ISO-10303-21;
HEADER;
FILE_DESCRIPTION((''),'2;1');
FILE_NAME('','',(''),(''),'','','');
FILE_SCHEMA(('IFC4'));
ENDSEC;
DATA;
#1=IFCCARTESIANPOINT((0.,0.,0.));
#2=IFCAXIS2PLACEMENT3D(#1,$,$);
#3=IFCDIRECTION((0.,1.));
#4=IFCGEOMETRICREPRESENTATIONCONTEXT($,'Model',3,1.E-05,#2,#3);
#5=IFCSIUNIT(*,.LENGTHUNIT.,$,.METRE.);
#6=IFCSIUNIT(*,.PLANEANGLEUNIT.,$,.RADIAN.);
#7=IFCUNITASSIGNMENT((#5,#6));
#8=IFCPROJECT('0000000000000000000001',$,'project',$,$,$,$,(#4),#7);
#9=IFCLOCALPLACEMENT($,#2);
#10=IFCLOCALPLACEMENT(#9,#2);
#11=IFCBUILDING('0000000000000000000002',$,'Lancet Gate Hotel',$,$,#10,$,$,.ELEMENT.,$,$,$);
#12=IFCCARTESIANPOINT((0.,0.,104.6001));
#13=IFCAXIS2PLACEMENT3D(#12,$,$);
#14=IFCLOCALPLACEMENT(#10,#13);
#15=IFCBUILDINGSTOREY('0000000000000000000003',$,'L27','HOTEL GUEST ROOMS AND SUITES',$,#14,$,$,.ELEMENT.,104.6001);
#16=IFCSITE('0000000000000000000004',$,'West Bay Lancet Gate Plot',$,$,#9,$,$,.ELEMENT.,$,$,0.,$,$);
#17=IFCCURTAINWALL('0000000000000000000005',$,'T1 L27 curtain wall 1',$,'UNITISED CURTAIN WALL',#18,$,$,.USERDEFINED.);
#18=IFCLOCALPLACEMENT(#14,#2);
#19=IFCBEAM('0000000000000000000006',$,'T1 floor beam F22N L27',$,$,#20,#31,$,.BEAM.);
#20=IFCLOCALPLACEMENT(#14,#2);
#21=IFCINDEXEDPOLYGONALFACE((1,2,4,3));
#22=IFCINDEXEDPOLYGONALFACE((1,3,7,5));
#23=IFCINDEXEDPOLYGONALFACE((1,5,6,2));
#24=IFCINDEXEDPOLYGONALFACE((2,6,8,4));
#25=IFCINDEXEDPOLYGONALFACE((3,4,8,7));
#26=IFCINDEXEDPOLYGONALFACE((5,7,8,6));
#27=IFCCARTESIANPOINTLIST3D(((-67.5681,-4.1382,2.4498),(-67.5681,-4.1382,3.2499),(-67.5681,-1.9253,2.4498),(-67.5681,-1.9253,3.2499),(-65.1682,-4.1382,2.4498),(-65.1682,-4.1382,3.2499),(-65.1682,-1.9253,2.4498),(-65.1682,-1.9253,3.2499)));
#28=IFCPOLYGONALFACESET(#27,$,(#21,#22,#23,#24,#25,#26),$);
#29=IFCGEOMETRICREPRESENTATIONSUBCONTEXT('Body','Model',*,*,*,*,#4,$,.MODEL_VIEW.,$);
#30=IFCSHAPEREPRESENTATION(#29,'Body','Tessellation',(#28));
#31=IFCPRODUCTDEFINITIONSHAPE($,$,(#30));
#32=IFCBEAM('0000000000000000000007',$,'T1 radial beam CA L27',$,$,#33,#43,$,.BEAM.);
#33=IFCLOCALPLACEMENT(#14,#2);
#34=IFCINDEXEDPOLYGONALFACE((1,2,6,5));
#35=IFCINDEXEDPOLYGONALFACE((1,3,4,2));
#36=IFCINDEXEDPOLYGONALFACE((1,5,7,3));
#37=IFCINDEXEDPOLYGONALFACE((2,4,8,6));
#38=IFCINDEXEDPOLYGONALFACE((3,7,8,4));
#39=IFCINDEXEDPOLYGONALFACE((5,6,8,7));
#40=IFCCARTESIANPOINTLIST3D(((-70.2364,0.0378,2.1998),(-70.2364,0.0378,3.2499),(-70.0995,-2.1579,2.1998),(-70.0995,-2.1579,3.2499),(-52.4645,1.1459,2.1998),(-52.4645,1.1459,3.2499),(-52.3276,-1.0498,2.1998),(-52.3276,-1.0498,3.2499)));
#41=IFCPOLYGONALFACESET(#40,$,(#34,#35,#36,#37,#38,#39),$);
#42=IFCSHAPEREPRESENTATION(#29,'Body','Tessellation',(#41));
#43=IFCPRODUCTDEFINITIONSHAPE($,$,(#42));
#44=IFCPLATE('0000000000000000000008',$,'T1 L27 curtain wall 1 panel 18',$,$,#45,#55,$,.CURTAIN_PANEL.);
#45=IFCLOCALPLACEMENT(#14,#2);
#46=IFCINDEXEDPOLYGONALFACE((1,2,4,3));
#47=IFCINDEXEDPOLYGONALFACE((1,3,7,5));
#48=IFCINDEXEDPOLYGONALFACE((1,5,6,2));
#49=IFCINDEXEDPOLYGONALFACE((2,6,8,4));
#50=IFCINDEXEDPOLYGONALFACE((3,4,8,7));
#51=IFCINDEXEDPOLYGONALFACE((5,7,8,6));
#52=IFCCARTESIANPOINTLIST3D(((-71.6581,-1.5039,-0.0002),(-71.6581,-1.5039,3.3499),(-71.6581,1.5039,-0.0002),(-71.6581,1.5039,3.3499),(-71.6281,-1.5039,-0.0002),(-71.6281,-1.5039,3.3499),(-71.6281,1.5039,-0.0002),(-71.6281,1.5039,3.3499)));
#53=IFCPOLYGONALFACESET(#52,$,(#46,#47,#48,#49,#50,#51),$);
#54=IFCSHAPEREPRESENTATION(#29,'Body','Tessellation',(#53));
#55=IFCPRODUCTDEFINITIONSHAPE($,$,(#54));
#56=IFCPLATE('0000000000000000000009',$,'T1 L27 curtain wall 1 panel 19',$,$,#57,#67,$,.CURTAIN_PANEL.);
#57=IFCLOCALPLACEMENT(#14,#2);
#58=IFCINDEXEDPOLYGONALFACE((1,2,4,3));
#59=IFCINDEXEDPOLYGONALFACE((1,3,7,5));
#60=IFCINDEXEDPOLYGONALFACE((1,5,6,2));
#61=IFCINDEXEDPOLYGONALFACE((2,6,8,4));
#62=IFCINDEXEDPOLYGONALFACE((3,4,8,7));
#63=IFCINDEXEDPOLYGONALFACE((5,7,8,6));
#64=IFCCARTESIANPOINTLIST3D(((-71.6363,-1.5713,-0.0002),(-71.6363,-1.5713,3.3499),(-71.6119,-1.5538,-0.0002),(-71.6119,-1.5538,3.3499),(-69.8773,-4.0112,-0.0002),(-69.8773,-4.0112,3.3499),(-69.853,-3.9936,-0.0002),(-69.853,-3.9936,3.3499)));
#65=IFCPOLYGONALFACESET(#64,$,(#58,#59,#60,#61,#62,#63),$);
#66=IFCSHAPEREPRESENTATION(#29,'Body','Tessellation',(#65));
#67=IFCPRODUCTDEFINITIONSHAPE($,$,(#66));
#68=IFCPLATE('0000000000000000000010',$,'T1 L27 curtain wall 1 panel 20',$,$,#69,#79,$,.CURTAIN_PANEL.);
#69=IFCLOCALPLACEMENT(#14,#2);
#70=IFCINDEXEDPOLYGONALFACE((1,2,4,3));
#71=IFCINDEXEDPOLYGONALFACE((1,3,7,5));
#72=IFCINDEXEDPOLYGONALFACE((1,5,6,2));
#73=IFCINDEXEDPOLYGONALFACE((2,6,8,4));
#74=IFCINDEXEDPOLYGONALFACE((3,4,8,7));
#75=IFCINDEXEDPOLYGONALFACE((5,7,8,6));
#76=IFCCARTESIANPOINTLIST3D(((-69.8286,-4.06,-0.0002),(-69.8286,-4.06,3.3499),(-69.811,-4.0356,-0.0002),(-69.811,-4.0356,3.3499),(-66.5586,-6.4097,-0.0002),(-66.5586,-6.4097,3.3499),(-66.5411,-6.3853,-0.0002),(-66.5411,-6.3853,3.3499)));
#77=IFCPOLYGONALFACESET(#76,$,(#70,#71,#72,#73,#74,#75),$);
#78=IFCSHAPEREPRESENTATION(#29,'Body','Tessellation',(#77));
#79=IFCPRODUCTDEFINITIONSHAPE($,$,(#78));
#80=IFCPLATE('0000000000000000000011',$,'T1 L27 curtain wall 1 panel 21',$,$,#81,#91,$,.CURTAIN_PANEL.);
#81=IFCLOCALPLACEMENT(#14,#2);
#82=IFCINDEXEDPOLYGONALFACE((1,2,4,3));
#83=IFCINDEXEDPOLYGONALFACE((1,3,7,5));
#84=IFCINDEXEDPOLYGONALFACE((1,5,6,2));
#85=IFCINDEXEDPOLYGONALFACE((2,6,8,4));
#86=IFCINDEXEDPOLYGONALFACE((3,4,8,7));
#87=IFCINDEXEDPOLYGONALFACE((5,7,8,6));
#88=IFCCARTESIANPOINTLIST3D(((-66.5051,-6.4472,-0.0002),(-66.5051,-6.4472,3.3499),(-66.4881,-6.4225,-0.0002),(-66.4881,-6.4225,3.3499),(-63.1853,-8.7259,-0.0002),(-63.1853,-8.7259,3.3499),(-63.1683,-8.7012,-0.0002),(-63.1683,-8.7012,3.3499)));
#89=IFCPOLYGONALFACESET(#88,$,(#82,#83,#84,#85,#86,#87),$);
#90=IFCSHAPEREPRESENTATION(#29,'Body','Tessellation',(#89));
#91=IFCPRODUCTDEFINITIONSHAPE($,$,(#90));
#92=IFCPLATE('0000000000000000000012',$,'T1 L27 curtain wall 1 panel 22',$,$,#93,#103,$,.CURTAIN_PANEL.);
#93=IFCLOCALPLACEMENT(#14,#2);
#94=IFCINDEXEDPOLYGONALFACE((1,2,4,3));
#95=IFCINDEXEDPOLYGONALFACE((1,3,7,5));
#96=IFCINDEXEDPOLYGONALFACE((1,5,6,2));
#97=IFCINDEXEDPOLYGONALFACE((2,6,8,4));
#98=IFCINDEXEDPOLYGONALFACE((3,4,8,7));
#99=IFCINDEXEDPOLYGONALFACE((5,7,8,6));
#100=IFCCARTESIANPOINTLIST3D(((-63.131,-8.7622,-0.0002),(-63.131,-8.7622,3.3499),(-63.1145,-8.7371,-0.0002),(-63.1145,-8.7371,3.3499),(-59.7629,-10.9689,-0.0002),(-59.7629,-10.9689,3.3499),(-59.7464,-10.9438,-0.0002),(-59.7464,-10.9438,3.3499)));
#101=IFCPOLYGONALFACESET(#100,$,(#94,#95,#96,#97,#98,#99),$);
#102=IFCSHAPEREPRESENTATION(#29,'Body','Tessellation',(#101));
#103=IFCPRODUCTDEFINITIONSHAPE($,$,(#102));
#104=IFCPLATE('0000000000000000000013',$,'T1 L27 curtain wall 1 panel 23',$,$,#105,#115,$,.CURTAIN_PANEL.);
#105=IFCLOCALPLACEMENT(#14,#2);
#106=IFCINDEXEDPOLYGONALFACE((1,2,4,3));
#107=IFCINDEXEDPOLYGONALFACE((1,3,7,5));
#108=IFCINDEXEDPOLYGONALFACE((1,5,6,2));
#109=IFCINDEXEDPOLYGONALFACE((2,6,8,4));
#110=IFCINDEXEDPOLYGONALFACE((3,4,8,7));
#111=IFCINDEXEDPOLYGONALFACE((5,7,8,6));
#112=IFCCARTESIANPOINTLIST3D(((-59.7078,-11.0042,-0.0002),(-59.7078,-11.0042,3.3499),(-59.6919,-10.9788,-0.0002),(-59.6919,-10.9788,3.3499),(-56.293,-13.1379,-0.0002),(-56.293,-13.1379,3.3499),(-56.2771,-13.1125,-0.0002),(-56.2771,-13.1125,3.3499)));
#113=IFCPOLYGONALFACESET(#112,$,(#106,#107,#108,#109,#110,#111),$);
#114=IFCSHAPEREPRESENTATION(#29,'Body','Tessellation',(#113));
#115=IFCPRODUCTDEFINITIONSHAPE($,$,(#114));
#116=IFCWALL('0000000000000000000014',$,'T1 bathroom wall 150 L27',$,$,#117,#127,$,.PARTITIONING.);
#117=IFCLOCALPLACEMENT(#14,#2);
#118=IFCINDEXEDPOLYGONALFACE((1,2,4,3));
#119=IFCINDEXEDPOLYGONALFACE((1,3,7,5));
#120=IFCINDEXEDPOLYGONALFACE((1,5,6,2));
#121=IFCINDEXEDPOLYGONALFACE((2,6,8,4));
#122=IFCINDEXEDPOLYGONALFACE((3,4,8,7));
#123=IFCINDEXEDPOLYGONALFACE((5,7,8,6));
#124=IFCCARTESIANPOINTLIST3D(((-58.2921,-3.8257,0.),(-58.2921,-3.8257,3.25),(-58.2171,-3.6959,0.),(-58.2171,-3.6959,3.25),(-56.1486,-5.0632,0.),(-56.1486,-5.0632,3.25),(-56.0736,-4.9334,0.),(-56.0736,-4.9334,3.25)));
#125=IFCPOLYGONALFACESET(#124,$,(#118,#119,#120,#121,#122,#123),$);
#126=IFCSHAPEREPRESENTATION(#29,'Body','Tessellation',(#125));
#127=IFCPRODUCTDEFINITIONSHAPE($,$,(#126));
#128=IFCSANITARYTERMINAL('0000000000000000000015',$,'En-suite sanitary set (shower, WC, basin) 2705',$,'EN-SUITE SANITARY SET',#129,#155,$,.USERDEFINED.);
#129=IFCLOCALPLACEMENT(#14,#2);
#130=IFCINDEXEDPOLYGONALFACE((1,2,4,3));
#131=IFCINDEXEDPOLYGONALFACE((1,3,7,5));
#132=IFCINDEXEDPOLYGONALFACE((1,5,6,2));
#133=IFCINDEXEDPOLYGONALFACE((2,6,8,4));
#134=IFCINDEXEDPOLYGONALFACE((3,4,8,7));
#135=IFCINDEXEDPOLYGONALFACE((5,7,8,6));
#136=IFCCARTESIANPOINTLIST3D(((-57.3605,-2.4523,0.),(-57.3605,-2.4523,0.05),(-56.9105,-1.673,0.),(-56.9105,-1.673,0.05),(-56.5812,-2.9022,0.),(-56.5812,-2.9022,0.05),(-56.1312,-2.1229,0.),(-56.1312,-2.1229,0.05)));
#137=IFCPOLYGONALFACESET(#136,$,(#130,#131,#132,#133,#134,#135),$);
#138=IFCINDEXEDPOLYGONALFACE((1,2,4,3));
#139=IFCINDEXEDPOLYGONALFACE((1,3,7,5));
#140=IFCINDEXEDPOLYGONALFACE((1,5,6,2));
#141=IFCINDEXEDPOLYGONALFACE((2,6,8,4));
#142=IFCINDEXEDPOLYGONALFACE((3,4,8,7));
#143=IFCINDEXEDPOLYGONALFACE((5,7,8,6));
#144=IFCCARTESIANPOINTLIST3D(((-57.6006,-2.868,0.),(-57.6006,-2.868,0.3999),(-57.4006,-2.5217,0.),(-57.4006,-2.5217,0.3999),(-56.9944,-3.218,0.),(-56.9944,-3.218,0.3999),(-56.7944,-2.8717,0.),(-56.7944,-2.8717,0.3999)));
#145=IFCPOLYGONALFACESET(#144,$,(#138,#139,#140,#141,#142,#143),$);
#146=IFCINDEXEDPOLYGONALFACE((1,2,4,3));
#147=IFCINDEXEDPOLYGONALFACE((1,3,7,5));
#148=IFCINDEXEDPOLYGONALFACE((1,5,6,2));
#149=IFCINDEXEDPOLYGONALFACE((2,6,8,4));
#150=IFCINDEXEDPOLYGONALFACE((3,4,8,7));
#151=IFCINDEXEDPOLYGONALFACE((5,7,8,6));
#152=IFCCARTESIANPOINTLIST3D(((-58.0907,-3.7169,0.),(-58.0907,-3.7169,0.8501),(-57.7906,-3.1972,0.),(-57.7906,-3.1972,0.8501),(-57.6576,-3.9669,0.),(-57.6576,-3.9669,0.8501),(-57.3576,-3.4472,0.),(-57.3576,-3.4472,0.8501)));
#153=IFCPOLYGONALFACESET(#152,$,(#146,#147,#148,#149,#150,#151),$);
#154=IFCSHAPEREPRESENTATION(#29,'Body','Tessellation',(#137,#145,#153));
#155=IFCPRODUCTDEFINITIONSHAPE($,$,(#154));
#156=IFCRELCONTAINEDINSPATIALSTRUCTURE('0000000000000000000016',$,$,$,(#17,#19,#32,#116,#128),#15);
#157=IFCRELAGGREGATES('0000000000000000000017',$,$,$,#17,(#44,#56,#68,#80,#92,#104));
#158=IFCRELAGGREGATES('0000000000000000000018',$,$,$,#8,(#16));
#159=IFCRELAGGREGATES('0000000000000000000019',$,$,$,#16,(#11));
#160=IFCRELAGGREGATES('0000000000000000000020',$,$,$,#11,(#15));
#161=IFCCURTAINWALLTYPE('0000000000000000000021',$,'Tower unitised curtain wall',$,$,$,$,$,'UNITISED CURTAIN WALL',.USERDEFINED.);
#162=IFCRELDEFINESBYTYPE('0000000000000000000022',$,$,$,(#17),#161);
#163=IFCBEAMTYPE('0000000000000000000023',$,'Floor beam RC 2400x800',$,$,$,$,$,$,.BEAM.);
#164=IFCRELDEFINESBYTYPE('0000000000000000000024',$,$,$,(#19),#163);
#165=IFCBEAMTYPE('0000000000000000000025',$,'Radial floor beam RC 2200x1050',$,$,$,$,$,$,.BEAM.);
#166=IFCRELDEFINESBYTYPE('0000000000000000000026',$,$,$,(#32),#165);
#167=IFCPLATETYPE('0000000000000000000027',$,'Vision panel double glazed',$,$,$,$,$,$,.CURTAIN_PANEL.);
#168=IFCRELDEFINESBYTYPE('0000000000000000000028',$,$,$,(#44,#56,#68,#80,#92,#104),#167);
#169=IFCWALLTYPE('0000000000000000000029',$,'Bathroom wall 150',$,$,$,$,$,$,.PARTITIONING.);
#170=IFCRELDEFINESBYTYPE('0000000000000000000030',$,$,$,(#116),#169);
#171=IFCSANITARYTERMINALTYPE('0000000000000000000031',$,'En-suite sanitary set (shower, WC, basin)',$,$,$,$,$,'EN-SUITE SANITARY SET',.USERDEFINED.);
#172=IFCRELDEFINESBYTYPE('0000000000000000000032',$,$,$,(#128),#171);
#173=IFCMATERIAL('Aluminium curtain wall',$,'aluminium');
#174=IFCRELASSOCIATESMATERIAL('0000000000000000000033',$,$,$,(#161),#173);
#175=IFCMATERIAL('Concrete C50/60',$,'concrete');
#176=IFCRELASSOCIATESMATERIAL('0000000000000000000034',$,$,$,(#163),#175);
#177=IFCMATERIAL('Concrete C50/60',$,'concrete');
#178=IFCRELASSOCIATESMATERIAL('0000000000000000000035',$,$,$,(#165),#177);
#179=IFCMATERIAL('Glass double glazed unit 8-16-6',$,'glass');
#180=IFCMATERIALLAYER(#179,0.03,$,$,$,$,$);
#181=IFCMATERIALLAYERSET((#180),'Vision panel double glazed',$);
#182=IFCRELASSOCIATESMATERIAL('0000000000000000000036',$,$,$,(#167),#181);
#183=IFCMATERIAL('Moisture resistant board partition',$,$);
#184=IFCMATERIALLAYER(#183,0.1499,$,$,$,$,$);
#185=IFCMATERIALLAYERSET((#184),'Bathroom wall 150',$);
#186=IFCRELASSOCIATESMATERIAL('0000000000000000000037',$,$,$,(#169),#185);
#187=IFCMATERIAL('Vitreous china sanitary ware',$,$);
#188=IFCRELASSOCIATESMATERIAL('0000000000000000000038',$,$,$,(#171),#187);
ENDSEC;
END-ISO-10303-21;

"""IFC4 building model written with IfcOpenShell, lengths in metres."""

from ifc_helpers import new_model, si_unit, direction, frame, frame_2d, origin, origin_2d, place, context, subcontext, project, spatial, rectangle, extrude, material, layer, layer_set, material_profile, profile_set, type_object, element, aggregate, save


model = new_model("IFC4")

# Units and contexts
model_context = context("Model", 3, precision=1e-05, world=origin(), true_north=direction((0.0, 1.0)))
body_context = subcontext(model_context, "Body", "Model", "MODEL_VIEW")
ifc_project = project(units=[si_unit("LENGTHUNIT", "METRE"), si_unit("PLANEANGLEUNIT", "RADIAN")], contexts=[model_context])

# Site, building, storey
site_placement = place(None, origin())
site = spatial("IfcSite", under=ifc_project, at=site_placement, Name="West Bay Lancet Gate Plot", CompositionType="ELEMENT", RefElevation=0.0)
building_placement = place(site_placement, origin())
building = spatial("IfcBuilding", under=site, at=building_placement, Name="Lancet Gate Hotel", CompositionType="ELEMENT")
storey_placement = place(building_placement, frame((0.0, 0.0, 104.6001)))
storey = spatial("IfcBuildingStorey", under=building, at=storey_placement, Name="L27", Description="HOTEL GUEST ROOMS AND SUITES", CompositionType="ELEMENT", Elevation=104.6001)

# Curtain wall
ifc_material_1 = material(Name="Aluminium curtain wall", Category="aluminium")
curtain_wall_type = type_object("IfcCurtainWallType", Name="Tower unitised curtain wall", ElementType="UNITISED CURTAIN WALL", PredefinedType="USERDEFINED", material=ifc_material_1)
curtain_wall_placement = place(storey_placement, origin())
curtain_wall = element("IfcCurtainWall", 1, at=curtain_wall_placement, inside=storey, type_object=curtain_wall_type, Name="T1 L27 curtain wall 1", ObjectType="UNITISED CURTAIN WALL", PredefinedType="USERDEFINED")

# Beams
ifc_material_2 = material(Name="Concrete C50/60", Category="concrete")
ifc_material_profile_1 = material_profile(ifc_material_2, rectangle(XDim=2.3999, YDim=0.8, at=origin_2d()), Name="RC 2400x800")
ifc_profile_set_1 = profile_set([ifc_material_profile_1], Name="Concrete C50/60")
beam_type_1 = type_object("IfcBeamType", Name="Floor beam RC 2400x800", PredefinedType="BEAM", material=ifc_profile_set_1)
beam_1_placement = place(storey_placement, frame((-66.3682, -1.9253, 2.8499), z_axis=(0.0, -1.0, 0.0), x_axis=(1.0, 0.0, 0.0)))
element("IfcBeam", 2, at=beam_1_placement, inside=storey, type_object=beam_type_1, Name="T1 floor beam F22N L27", PredefinedType="BEAM", context=body_context, shape_type="SweptSolid", body=[
    extrude(rectangle(XDim=2.3999, YDim=0.8, at=origin_2d()), origin(), (0.0, 0.0, 1.0), 2.2129),
])
ifc_material_3 = material(Name="Concrete C50/60", Category="concrete")
ifc_material_profile_2 = material_profile(ifc_material_3, rectangle(XDim=2.2, YDim=1.05, at=origin_2d()), Name="RC 2200x1050")
ifc_profile_set_2 = profile_set([ifc_material_profile_2], Name="Concrete C50/60")
beam_type_2 = type_object("IfcBeamType", Name="Radial floor beam RC 2200x1050", PredefinedType="BEAM", material=ifc_profile_set_2)
beam_2_placement = place(storey_placement, frame((-70.168, -1.0601, 2.7249), z_axis=(0.998062, 0.062233, 0.0), x_axis=(-0.062233, 0.998062, 0.0)))
element("IfcBeam", 3, at=beam_2_placement, inside=storey, type_object=beam_type_2, Name="T1 radial beam CA L27", PredefinedType="BEAM", context=body_context, shape_type="SweptSolid", body=[
    extrude(rectangle(XDim=2.2, YDim=1.05, at=origin_2d()), origin(), (0.0, 0.0, 1.0), 17.8064),
])

# Plates
ifc_material_4 = material(Name="Glass double glazed unit 8-16-6", Category="glass")
ifc_layer_1 = layer(ifc_material_4, 0.03)
ifc_layer_set_1 = layer_set([ifc_layer_1], Name="Vision panel double glazed")
plate_type = type_object("IfcPlateType", Name="Vision panel double glazed", PredefinedType="CURTAIN_PANEL", material=ifc_layer_set_1)
plate_1_placement = place(storey_placement, frame((-71.6431, 0.0, -0.0002), z_axis=(0.0, 0.0, 1.0), x_axis=(0.0, -1.0, 0.0)))
plate_1 = element("IfcPlate", 4, at=plate_1_placement, type_object=plate_type, Name="T1 L27 curtain wall 1 panel 18", PredefinedType="CURTAIN_PANEL", context=body_context, shape_type="SweptSolid", body=[
    extrude(rectangle(XDim=3.0078, YDim=0.03, at=origin_2d()), origin(), (0.0, 0.0, 1.0), 3.3501),
])
plate_2_placement = place(storey_placement, frame((-70.7446, -2.7825, -0.0002), z_axis=(0.0, 0.0, 1.0), x_axis=(0.584809, -0.811171, 0.0)))
plate_2 = element("IfcPlate", 5, at=plate_2_placement, type_object=plate_type, Name="T1 L27 curtain wall 1 panel 19", PredefinedType="CURTAIN_PANEL", context=body_context, shape_type="SweptSolid", body=[
    extrude(rectangle(XDim=3.0078, YDim=0.03, at=origin_2d()), origin(), (0.0, 0.0, 1.0), 3.3501),
])
plate_3_placement = place(storey_placement, frame((-68.1848, -5.2227, -0.0002), z_axis=(0.0, 0.0, 1.0), x_axis=(0.812093, -0.583528, 0.0)))
plate_3 = element("IfcPlate", 6, at=plate_3_placement, type_object=plate_type, Name="T1 L27 curtain wall 1 panel 20", PredefinedType="CURTAIN_PANEL", context=body_context, shape_type="SweptSolid", body=[
    extrude(rectangle(XDim=4.0266, YDim=0.03, at=origin_2d()), origin(), (0.0, 0.0, 1.0), 3.3501),
])
plate_4_placement = place(storey_placement, frame((-64.8367, -7.5742, -0.0002), z_axis=(0.0, 0.0, 1.0), x_axis=(0.824466, -0.565911, 0.0)))
plate_4 = element("IfcPlate", 7, at=plate_4_placement, type_object=plate_type, Name="T1 L27 curtain wall 1 panel 21", PredefinedType="CURTAIN_PANEL", context=body_context, shape_type="SweptSolid", body=[
    extrude(rectangle(XDim=4.0266, YDim=0.03, at=origin_2d()), origin(), (0.0, 0.0, 1.0), 3.3501),
])
plate_5_placement = place(storey_placement, frame((-61.4387, -9.853, -0.0002), z_axis=(0.0, 0.0, 1.0), x_axis=(0.836458, -0.548032, 0.0)))
plate_5 = element("IfcPlate", 8, at=plate_5_placement, type_object=plate_type, Name="T1 L27 curtain wall 1 panel 22", PredefinedType="CURTAIN_PANEL", context=body_context, shape_type="SweptSolid", body=[
    extrude(rectangle(XDim=4.0266, YDim=0.03, at=origin_2d()), origin(), (0.0, 0.0, 1.0), 3.3501),
])
plate_6_placement = place(storey_placement, frame((-57.9924, -12.0583, -0.0002), z_axis=(0.0, 0.0, 1.0), x_axis=(0.848061, -0.529899, 0.0)))
plate_6 = element("IfcPlate", 9, at=plate_6_placement, type_object=plate_type, Name="T1 L27 curtain wall 1 panel 23", PredefinedType="CURTAIN_PANEL", context=body_context, shape_type="SweptSolid", body=[
    extrude(rectangle(XDim=4.0266, YDim=0.03, at=origin_2d()), origin(), (0.0, 0.0, 1.0), 3.3501),
])
aggregate(curtain_wall, [plate_1, plate_2, plate_3, plate_4, plate_5, plate_6])

# Wall
ifc_material_5 = material(Name="Moisture resistant board partition")
ifc_layer_2 = layer(ifc_material_5, 0.1499)
ifc_layer_set_2 = layer_set([ifc_layer_2], Name="Bathroom wall 150")
wall_type = type_object("IfcWallType", Name="Bathroom wall 150", PredefinedType="PARTITIONING", material=ifc_layer_set_2)
wall_placement = place(storey_placement, frame((-56.1111, -4.9983, 0.0), z_axis=(0.0, 0.0, 1.0), x_axis=(-0.866031, 0.49999, 0.0)))
element("IfcWall", 10, at=wall_placement, inside=storey, type_object=wall_type, Name="T1 bathroom wall 150 L27", PredefinedType="PARTITIONING", context=body_context, shape_type="SweptSolid", body=[
    extrude(rectangle(XDim=2.4751, YDim=0.1499, at=frame_2d((1.2375, 0.0))), origin(), (0.0, 0.0, 1.0), 3.25),
])

# Sanitary terminal
ifc_material_6 = material(Name="Vitreous china sanitary ware")
sanitary_terminal_type = type_object("IfcSanitaryTerminalType", Name="En-suite sanitary set (shower, WC, basin)", ElementType="EN-SUITE SANITARY SET", PredefinedType="USERDEFINED", material=ifc_material_6)
sanitary_terminal_placement = place(storey_placement, frame((-56.7458, -2.2876, 0.0), z_axis=(0.0, 0.0, 1.0), x_axis=(1.0, 0.0, 0.0)))
element("IfcSanitaryTerminal", 11, at=sanitary_terminal_placement, inside=storey, type_object=sanitary_terminal_type, Name="En-suite sanitary set (shower, WC, basin) 2705", ObjectType="EN-SUITE SANITARY SET", PredefinedType="USERDEFINED", context=body_context, shape_type="SweptSolid", body=[
    extrude(rectangle(XDim=0.8999, YDim=0.8999, at=origin_2d()), frame((0.0, 0.0, 0.0), z_axis=(0.0, 0.0, 1.0), x_axis=(0.5, 0.866025, 0.0)), (0.0, 0.0, 1.0), 0.05),
    extrude(rectangle(XDim=0.3999, YDim=0.7, at=origin_2d()), frame((-0.4517, -0.5823, 0.0), z_axis=(0.0, 0.0, 1.0), x_axis=(0.5, 0.866025, 0.0)), (0.0, 0.0, 1.0), 0.3999),
    extrude(rectangle(XDim=0.6001, YDim=0.5, at=origin_2d()), frame((-0.9783, -1.2944, 0.0), z_axis=(0.0, 0.0, 1.0), x_axis=(0.5, 0.866025, 0.0)), (0.0, 0.0, 1.0), 0.8501),
])

save(model, "model.ifc")
